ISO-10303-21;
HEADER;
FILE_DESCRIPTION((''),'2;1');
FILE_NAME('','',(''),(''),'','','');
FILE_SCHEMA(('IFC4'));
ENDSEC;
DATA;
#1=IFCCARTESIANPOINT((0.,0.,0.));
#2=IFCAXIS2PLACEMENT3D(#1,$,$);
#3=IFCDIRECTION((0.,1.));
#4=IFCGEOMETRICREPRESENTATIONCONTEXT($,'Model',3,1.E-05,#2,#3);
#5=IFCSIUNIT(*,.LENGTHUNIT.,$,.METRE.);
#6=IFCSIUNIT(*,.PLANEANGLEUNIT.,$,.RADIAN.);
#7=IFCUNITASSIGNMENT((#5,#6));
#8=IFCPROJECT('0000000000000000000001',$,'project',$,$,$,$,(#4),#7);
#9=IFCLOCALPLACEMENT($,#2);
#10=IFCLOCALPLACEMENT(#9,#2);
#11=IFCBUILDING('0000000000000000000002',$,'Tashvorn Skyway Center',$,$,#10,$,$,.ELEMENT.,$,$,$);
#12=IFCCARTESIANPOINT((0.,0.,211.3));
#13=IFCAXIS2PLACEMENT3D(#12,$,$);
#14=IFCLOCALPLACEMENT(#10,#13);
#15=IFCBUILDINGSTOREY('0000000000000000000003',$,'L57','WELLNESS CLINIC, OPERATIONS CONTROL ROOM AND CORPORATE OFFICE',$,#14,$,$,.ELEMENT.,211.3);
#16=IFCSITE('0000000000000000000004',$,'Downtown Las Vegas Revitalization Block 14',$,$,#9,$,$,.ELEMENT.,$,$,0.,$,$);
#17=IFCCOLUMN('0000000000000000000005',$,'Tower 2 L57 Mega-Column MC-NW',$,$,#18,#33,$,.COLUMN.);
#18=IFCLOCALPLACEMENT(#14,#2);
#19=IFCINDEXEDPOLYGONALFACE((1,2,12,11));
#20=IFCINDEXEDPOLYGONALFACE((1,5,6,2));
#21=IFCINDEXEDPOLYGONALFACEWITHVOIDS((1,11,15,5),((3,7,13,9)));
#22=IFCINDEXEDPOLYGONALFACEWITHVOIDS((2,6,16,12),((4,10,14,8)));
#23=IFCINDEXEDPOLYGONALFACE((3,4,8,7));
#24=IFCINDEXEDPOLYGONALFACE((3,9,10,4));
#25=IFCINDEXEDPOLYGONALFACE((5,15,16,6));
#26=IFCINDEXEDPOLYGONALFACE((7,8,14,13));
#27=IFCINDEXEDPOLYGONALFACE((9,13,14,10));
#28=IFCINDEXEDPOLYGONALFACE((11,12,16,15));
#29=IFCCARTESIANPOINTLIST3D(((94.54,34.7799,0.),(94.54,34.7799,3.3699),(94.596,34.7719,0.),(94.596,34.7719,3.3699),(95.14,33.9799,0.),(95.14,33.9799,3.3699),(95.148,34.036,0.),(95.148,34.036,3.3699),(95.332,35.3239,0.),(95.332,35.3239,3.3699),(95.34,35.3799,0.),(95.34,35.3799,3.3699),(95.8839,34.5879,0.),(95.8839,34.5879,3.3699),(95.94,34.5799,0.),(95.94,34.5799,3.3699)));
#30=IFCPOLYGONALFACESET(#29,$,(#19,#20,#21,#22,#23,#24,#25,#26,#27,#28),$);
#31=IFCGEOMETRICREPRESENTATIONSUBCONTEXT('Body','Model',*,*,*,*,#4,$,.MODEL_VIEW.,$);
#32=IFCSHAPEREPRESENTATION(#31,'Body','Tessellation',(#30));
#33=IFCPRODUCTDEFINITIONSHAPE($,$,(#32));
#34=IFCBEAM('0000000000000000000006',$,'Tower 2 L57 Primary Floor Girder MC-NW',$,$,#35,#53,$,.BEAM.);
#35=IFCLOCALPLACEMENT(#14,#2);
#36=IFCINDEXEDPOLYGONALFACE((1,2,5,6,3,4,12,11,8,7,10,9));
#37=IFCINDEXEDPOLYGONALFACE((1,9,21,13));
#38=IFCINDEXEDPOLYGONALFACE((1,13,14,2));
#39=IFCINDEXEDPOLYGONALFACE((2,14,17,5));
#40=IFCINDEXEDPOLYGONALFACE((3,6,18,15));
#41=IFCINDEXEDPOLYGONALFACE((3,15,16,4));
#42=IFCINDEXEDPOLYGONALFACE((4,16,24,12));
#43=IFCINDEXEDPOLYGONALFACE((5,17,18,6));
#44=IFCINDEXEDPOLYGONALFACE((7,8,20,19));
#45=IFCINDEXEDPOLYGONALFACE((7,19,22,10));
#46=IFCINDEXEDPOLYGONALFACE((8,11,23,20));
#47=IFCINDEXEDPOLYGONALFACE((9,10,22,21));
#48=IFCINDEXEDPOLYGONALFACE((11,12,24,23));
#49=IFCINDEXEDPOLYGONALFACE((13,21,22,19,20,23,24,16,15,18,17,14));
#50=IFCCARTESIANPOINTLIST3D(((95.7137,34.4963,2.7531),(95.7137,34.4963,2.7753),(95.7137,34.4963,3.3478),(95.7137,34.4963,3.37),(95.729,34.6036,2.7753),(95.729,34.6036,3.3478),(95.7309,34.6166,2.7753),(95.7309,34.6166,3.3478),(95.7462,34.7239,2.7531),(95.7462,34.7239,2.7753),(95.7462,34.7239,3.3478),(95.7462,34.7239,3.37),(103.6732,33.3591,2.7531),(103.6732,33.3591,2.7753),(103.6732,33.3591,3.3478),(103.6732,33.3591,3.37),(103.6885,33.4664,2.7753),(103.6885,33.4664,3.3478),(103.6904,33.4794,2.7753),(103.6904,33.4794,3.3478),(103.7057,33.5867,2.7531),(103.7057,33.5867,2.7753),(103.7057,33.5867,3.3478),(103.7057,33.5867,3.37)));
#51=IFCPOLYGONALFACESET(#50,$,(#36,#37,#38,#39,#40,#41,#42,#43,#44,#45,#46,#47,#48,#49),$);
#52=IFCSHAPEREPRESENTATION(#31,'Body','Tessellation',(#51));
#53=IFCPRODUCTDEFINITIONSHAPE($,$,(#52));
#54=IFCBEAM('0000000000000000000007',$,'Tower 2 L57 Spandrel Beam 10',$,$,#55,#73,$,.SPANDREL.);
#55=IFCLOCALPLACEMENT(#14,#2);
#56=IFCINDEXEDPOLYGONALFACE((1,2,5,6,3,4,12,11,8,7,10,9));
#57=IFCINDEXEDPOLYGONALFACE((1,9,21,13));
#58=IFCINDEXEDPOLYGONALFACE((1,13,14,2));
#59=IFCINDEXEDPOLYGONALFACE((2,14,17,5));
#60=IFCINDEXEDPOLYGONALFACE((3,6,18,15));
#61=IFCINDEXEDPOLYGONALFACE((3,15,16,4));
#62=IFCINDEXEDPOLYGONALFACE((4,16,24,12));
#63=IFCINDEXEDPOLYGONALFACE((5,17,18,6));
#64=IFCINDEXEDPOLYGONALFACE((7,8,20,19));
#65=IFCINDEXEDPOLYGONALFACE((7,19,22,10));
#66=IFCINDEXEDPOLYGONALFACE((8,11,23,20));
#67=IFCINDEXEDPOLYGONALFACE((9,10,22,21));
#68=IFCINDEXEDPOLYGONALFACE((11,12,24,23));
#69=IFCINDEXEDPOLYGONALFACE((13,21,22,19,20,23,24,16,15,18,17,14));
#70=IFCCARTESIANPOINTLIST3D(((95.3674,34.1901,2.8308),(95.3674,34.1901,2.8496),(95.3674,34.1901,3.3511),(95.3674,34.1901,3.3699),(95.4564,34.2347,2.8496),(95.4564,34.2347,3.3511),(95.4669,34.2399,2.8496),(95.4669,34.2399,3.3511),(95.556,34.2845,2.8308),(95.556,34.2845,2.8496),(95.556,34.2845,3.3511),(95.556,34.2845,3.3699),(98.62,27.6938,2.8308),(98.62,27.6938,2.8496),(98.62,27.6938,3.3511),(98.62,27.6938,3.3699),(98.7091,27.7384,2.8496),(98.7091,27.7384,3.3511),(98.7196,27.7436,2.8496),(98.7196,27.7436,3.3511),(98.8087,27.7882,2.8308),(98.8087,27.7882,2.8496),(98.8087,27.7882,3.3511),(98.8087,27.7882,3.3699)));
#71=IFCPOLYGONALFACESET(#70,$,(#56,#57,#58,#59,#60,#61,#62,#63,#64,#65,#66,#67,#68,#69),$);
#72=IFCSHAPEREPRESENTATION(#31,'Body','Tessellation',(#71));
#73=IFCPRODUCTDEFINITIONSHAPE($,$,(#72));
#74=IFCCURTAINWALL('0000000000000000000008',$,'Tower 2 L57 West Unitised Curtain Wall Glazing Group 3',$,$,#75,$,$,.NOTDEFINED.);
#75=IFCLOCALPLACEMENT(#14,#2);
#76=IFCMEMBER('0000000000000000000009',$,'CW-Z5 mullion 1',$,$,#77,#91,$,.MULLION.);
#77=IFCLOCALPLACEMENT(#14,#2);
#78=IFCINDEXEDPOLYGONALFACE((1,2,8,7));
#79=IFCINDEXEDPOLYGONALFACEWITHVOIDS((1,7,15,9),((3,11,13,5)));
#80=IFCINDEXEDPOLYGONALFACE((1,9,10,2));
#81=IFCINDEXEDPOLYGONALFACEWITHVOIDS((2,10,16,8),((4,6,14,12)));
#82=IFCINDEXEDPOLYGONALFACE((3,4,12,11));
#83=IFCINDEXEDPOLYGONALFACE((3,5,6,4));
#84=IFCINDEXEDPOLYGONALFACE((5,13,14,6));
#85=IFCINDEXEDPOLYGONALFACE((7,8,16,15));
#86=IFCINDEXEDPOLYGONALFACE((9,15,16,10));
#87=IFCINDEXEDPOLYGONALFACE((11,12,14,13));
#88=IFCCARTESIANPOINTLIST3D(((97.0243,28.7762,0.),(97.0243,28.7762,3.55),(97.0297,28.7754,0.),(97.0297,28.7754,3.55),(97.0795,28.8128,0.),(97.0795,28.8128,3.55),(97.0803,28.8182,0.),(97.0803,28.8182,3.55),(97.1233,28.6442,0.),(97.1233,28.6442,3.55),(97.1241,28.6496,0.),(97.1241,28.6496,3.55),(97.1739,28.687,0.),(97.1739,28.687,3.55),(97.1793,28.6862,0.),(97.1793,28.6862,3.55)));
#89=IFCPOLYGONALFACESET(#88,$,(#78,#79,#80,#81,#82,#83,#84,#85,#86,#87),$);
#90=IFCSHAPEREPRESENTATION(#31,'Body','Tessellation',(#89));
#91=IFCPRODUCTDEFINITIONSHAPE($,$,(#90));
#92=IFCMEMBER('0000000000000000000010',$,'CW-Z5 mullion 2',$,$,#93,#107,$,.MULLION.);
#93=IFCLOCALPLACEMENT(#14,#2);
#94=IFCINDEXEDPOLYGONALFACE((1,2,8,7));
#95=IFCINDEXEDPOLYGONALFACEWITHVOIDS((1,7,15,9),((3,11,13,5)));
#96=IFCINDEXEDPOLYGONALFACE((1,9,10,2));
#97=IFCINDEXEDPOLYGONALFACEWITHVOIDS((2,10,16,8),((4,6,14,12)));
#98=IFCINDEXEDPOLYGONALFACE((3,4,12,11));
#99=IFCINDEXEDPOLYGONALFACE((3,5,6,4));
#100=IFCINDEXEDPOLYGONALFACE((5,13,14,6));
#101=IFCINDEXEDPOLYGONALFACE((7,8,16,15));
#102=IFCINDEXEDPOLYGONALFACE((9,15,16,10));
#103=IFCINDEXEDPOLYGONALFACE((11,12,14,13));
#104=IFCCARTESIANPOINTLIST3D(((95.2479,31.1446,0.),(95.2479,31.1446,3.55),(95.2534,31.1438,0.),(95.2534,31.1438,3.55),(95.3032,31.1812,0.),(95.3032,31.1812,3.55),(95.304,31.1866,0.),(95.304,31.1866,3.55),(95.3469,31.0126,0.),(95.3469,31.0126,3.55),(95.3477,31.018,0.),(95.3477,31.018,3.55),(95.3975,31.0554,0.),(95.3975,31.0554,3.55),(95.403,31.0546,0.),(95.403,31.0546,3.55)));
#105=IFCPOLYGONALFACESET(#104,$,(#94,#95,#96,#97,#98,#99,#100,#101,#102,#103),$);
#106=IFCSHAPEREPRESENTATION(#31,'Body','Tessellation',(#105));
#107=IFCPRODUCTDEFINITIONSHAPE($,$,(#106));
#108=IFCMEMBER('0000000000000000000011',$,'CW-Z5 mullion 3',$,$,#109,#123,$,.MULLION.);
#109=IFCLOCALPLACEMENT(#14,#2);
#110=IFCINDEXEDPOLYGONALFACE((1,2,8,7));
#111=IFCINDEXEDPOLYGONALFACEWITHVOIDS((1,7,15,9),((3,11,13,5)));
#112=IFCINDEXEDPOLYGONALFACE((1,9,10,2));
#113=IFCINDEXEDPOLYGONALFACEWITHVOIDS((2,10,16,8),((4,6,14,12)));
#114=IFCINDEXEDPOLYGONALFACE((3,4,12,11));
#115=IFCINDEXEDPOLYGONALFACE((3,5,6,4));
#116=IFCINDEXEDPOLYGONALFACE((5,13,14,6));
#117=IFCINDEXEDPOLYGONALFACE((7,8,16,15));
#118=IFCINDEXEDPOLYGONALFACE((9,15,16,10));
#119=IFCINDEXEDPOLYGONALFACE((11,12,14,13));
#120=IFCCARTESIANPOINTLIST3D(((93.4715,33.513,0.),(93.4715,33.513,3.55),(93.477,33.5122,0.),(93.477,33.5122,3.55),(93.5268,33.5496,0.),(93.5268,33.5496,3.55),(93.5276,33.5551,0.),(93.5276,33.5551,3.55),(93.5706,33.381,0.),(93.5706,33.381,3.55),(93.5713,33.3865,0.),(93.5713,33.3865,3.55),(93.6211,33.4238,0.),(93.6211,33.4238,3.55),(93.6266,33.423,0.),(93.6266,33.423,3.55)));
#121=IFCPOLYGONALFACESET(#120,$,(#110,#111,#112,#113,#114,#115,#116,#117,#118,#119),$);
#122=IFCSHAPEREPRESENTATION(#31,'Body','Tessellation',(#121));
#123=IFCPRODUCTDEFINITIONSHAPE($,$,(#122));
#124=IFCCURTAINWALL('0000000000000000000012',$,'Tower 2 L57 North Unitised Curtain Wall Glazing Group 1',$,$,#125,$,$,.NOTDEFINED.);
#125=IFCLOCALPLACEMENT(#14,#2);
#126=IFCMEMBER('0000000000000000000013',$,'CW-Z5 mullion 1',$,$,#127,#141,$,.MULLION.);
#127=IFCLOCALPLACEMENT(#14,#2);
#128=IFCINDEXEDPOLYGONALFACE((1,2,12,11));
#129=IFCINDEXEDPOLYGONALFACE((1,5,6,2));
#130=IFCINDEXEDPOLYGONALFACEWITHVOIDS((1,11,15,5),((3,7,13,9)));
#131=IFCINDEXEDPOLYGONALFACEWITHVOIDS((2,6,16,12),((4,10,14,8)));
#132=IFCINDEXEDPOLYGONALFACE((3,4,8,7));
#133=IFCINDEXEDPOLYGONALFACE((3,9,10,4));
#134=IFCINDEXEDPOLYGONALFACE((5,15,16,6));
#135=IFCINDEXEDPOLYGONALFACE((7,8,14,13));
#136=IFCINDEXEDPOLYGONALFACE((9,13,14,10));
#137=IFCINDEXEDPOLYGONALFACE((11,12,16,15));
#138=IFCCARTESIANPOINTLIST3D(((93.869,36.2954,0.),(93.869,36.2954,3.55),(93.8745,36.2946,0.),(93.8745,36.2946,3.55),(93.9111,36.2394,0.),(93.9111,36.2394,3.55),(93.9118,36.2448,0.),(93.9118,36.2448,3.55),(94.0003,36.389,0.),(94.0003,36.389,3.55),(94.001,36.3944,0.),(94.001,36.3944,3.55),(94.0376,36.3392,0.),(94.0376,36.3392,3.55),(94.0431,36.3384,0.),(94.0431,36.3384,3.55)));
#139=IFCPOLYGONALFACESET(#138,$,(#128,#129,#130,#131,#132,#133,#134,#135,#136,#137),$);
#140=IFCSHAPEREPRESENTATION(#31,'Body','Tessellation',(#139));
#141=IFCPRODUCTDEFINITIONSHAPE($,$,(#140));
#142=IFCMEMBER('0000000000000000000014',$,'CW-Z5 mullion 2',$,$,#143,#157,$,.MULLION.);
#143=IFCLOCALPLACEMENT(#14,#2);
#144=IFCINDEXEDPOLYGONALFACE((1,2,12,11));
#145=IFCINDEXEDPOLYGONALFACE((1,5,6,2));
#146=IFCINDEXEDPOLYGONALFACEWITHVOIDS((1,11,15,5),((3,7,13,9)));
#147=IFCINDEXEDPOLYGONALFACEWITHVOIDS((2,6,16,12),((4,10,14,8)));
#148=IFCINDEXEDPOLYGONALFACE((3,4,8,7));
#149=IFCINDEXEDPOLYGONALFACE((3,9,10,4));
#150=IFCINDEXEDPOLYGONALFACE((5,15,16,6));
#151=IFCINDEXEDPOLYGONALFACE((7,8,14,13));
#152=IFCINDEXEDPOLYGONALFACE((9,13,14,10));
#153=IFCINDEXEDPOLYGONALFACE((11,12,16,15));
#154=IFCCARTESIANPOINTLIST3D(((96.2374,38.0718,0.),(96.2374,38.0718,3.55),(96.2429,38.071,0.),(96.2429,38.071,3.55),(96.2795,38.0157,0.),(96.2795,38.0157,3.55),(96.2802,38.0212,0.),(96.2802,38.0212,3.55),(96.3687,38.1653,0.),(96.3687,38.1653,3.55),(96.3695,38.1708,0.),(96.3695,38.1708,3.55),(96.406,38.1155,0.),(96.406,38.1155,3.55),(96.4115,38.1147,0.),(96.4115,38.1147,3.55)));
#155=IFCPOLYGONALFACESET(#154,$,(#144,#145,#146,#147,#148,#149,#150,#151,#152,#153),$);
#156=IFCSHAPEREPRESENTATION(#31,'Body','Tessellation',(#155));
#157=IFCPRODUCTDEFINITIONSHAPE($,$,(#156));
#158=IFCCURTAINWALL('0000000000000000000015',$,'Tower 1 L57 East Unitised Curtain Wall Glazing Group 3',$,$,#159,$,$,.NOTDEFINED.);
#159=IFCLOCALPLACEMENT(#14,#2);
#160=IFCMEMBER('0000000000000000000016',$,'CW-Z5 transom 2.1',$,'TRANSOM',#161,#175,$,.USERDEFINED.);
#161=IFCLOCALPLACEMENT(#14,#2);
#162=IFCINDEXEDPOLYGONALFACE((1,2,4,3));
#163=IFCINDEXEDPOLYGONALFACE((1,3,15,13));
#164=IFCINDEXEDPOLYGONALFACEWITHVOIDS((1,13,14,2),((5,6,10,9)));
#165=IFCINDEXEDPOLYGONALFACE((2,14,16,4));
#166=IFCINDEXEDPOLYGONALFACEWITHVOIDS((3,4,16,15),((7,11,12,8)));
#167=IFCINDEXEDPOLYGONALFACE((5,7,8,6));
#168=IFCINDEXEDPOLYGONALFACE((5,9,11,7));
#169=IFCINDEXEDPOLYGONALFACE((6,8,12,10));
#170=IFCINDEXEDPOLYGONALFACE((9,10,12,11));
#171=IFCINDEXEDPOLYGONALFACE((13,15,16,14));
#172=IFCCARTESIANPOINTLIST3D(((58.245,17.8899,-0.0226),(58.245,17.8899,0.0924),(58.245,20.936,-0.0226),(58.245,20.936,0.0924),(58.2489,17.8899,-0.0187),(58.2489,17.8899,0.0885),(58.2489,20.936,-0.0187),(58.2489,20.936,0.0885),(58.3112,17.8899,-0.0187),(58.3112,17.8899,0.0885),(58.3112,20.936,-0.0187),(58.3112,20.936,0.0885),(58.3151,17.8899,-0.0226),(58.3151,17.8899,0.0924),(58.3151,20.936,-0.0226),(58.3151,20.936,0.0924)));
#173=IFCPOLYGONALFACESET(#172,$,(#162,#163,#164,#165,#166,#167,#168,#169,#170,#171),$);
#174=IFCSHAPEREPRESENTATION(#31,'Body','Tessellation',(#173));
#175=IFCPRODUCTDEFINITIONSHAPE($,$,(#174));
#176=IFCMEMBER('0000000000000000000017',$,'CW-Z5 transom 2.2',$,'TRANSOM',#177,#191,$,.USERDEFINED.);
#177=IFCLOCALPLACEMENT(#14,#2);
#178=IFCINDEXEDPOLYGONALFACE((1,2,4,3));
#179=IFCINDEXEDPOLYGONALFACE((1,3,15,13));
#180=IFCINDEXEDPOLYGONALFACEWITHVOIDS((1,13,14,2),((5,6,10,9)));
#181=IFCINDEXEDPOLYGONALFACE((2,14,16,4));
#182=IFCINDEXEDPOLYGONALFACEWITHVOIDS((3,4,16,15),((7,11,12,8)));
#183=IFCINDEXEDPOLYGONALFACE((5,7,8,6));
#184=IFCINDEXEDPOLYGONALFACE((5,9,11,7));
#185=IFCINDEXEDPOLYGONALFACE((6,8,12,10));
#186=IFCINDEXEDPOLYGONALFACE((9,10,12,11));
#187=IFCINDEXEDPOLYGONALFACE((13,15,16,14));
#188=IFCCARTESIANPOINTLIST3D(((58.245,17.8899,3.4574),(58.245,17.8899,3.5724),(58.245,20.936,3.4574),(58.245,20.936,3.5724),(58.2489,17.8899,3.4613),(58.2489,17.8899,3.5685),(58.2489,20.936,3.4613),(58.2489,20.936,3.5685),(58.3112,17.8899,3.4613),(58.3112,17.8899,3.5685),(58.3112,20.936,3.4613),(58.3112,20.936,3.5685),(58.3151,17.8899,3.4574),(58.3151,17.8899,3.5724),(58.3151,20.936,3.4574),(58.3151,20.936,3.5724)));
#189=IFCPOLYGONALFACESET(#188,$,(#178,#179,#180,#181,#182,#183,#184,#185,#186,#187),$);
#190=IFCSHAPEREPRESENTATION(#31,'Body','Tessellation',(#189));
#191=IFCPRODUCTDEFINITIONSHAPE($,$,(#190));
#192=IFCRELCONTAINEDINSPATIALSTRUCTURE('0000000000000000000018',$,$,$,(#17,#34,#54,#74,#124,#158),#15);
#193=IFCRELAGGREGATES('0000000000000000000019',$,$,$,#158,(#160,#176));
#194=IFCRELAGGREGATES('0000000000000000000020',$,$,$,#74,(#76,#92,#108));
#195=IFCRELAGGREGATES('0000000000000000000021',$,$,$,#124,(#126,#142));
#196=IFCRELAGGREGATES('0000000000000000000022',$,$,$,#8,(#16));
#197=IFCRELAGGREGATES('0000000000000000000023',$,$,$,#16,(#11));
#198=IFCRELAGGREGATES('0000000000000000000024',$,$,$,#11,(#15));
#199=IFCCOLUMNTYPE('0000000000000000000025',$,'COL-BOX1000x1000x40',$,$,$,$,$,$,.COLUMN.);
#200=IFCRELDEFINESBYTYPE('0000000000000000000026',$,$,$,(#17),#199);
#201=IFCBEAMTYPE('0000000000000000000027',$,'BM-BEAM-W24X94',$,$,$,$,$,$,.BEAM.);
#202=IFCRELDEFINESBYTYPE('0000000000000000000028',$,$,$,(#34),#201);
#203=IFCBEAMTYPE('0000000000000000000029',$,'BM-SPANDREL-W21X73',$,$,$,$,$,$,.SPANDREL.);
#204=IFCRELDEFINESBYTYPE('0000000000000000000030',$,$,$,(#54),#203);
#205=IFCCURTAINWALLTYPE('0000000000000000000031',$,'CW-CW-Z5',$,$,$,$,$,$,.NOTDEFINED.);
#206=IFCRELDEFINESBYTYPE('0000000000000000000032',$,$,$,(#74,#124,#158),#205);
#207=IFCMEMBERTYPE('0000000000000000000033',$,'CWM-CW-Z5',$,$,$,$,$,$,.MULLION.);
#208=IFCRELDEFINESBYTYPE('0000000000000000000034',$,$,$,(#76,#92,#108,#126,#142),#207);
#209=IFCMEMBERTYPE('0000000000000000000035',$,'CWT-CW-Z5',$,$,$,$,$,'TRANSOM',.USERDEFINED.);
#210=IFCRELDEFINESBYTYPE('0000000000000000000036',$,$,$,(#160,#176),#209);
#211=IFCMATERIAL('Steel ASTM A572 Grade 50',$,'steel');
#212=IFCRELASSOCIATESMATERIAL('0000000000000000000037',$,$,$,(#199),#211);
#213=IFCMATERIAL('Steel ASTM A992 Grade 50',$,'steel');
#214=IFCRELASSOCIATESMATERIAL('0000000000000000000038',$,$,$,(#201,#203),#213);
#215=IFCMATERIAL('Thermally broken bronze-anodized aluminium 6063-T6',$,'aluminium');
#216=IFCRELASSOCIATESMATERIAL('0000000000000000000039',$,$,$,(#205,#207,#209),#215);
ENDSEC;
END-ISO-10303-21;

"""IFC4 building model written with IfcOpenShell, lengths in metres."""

from ifc_helpers import new_model, si_unit, direction, frame, origin, origin_2d, place, context, subcontext, project, spatial, hollow_rectangle, i_section, extrude, material, material_profile, profile_set, type_object, element, aggregate, save


model = new_model("IFC4")

# Units and contexts
model_context = context("Model", 3, precision=1e-05, world=origin(), true_north=direction((0.0, 1.0)))
body_context = subcontext(model_context, "Body", "Model", "MODEL_VIEW")
ifc_project = project(units=[si_unit("LENGTHUNIT", "METRE"), si_unit("PLANEANGLEUNIT", "RADIAN")], contexts=[model_context])

# Site, building, storey
site_placement = place(None, origin())
site = spatial("IfcSite", under=ifc_project, at=site_placement, Name="Downtown Las Vegas Revitalization Block 14", CompositionType="ELEMENT", RefElevation=0.0)
building_placement = place(site_placement, origin())
building = spatial("IfcBuilding", under=site, at=building_placement, Name="Tashvorn Skyway Center", CompositionType="ELEMENT")
storey_placement = place(building_placement, frame((0.0, 0.0, 211.3)))
storey = spatial("IfcBuildingStorey", under=building, at=storey_placement, Name="L57", Description="WELLNESS CLINIC, OPERATIONS CONTROL ROOM AND CORPORATE OFFICE", CompositionType="ELEMENT", Elevation=211.3)

# Column
ifc_material_1 = material(Name="Steel ASTM A572 Grade 50", Category="steel")
ifc_material_profile_1 = material_profile(ifc_material_1, hollow_rectangle(XDim=1.0, YDim=1.0, WallThickness=0.04, at=origin_2d()), Name="BOX1000x1000x40")
ifc_profile_set_1 = profile_set([ifc_material_profile_1], Name="Steel ASTM A572 Grade 50")
column_type = type_object("IfcColumnType", Name="COL-BOX1000x1000x40", PredefinedType="COLUMN", material=ifc_profile_set_1)
column_placement = place(storey_placement, frame((95.24, 34.6799, 0.0), z_axis=(0.0, 0.0, 1.0), x_axis=(0.8, 0.6, 0.0)))
element("IfcColumn", 1, at=column_placement, inside=storey, type_object=column_type, Name="Tower 2 L57 Mega-Column MC-NW", PredefinedType="COLUMN", context=body_context, shape_type="SweptSolid", body=[
    extrude(hollow_rectangle(XDim=1.0, YDim=1.0, WallThickness=0.04, at=origin_2d()), origin(), (0.0, 0.0, 1.0), 3.3699),
])

# Beams
ifc_material_2 = material(Name="Steel ASTM A992 Grade 50", Category="steel")
ifc_material_profile_2 = material_profile(ifc_material_2, i_section(OverallWidth=0.23, OverallDepth=0.6169, WebThickness=0.0132, FlangeThickness=0.0222, at=origin_2d()), Name="W24X94")
ifc_profile_set_2 = profile_set([ifc_material_profile_2], Name="Steel ASTM A992 Grade 50")
beam_type_1 = type_object("IfcBeamType", Name="BM-BEAM-W24X94", PredefinedType="BEAM", material=ifc_profile_set_2)
beam_1_placement = place(storey_placement, frame((95.73, 34.6101, 3.0615), z_axis=(0.989947, -0.141438, 0.0), x_axis=(0.141438, 0.989947, 0.0)))
element("IfcBeam", 2, at=beam_1_placement, inside=storey, type_object=beam_type_1, Name="Tower 2 L57 Primary Floor Girder MC-NW", PredefinedType="BEAM", context=body_context, shape_type="SweptSolid", body=[
    extrude(i_section(OverallWidth=0.23, OverallDepth=0.6169, WebThickness=0.0132, FlangeThickness=0.0222, at=origin_2d()), origin(), (0.0, 0.0, 1.0), 8.0403),
])
ifc_material_profile_3 = material_profile(ifc_material_2, i_section(OverallWidth=0.2109, OverallDepth=0.5391, WebThickness=0.0117, FlangeThickness=0.0188, at=origin_2d()), Name="W21X73")
ifc_profile_set_3 = profile_set([ifc_material_profile_3], Name="Steel ASTM A992 Grade 50")
beam_type_2 = type_object("IfcBeamType", Name="BM-SPANDREL-W21X73", PredefinedType="SPANDREL", material=ifc_profile_set_3)
beam_2_placement = place(storey_placement, frame((95.4617, 34.2373, 3.1003), z_axis=(0.447711, -0.894178, 0.0), x_axis=(0.894178, 0.447711, 0.0)))
element("IfcBeam", 3, at=beam_2_placement, inside=storey, type_object=beam_type_2, Name="Tower 2 L57 Spandrel Beam 10", PredefinedType="SPANDREL", context=body_context, shape_type="SweptSolid", body=[
    extrude(i_section(OverallWidth=0.2109, OverallDepth=0.5391, WebThickness=0.0117, FlangeThickness=0.0188, at=origin_2d()), origin(), (0.0, 0.0, 1.0), 7.2651),
])

# Curtain walls, members
ifc_material_3 = material(Name="Thermally broken bronze-anodized aluminium 6063-T6", Category="aluminium")
curtain_wall_type = type_object("IfcCurtainWallType", Name="CW-CW-Z5", PredefinedType="NOTDEFINED", material=ifc_material_3)
curtain_wall_1_placement = place(storey_placement, origin())
curtain_wall_1 = element("IfcCurtainWall", 4, at=curtain_wall_1_placement, inside=storey, type_object=curtain_wall_type, Name="Tower 2 L57 West Unitised Curtain Wall Glazing Group 3", PredefinedType="NOTDEFINED")
ifc_material_profile_4 = material_profile(ifc_material_3, hollow_rectangle(XDim=0.0701, YDim=0.165, WallThickness=0.0039, at=origin_2d()), Name="ALU-MULL-70x165")
ifc_profile_set_4 = profile_set([ifc_material_profile_4], Name="Thermally broken bronze-anodized aluminium 6063-T6")
member_type_1 = type_object("IfcMemberType", Name="CWM-CW-Z5", PredefinedType="MULLION", material=ifc_profile_set_4)
member_1_placement = place(storey_placement, frame((97.1018, 28.7312, 0.0), z_axis=(0.0, 0.0, 1.0), x_axis=(-0.799998, -0.600003, 0.0)))
member_1 = element("IfcMember", 5, at=member_1_placement, type_object=member_type_1, Name="CW-Z5 mullion 1", PredefinedType="MULLION", context=body_context, shape_type="SweptSolid", body=[
    extrude(hollow_rectangle(XDim=0.0701, YDim=0.165, WallThickness=0.0039, at=origin_2d()), origin(), (0.0, 0.0, 1.0), 3.55),
])
member_2_placement = place(storey_placement, frame((95.3254, 31.0996, 0.0), z_axis=(0.0, 0.0, 1.0), x_axis=(-0.799998, -0.600003, 0.0)))
member_2 = element("IfcMember", 6, at=member_2_placement, type_object=member_type_1, Name="CW-Z5 mullion 2", PredefinedType="MULLION", context=body_context, shape_type="SweptSolid", body=[
    extrude(hollow_rectangle(XDim=0.0701, YDim=0.165, WallThickness=0.0039, at=origin_2d()), origin(), (0.0, 0.0, 1.0), 3.55),
])
member_3_placement = place(storey_placement, frame((93.5491, 33.468, 0.0), z_axis=(0.0, 0.0, 1.0), x_axis=(-0.799998, -0.600003, 0.0)))
member_3 = element("IfcMember", 7, at=member_3_placement, type_object=member_type_1, Name="CW-Z5 mullion 3", PredefinedType="MULLION", context=body_context, shape_type="SweptSolid", body=[
    extrude(hollow_rectangle(XDim=0.0701, YDim=0.165, WallThickness=0.0039, at=origin_2d()), origin(), (0.0, 0.0, 1.0), 3.55),
])
curtain_wall_2_placement = place(storey_placement, origin())
curtain_wall_2 = element("IfcCurtainWall", 8, at=curtain_wall_2_placement, inside=storey, type_object=curtain_wall_type, Name="Tower 2 L57 North Unitised Curtain Wall Glazing Group 1", PredefinedType="NOTDEFINED")
member_4_placement = place(storey_placement, frame((93.9561, 36.3169, 0.0), z_axis=(0.0, 0.0, 1.0), x_axis=(-0.600003, 0.799998, 0.0)))
member_4 = element("IfcMember", 9, at=member_4_placement, type_object=member_type_1, Name="CW-Z5 mullion 1", PredefinedType="MULLION", context=body_context, shape_type="SweptSolid", body=[
    extrude(hollow_rectangle(XDim=0.0701, YDim=0.165, WallThickness=0.0039, at=origin_2d()), origin(), (0.0, 0.0, 1.0), 3.55),
])
member_5_placement = place(storey_placement, frame((96.3245, 38.0933, 0.0), z_axis=(0.0, 0.0, 1.0), x_axis=(-0.600003, 0.799998, 0.0)))
member_5 = element("IfcMember", 10, at=member_5_placement, type_object=member_type_1, Name="CW-Z5 mullion 2", PredefinedType="MULLION", context=body_context, shape_type="SweptSolid", body=[
    extrude(hollow_rectangle(XDim=0.0701, YDim=0.165, WallThickness=0.0039, at=origin_2d()), origin(), (0.0, 0.0, 1.0), 3.55),
])
curtain_wall_3_placement = place(storey_placement, origin())
curtain_wall_3 = element("IfcCurtainWall", 11, at=curtain_wall_3_placement, inside=storey, type_object=curtain_wall_type, Name="Tower 1 L57 East Unitised Curtain Wall Glazing Group 3", PredefinedType="NOTDEFINED")
ifc_material_profile_5 = material_profile(ifc_material_3, hollow_rectangle(XDim=0.0701, YDim=0.115, WallThickness=0.0039, at=origin_2d()), Name="ALU-TRAN-70x115")
ifc_profile_set_5 = profile_set([ifc_material_profile_5], Name="Thermally broken bronze-anodized aluminium 6063-T6")
member_type_2 = type_object("IfcMemberType", Name="CWT-CW-Z5", ElementType="TRANSOM", PredefinedType="USERDEFINED", material=ifc_profile_set_5)
member_6_placement = place(storey_placement, frame((58.28, 20.936, 0.0349), z_axis=(0.0, -1.0, 0.0), x_axis=(1.0, 0.0, 0.0)))
member_6 = element("IfcMember", 12, at=member_6_placement, type_object=member_type_2, Name="CW-Z5 transom 2.1", ObjectType="TRANSOM", PredefinedType="USERDEFINED", context=body_context, shape_type="SweptSolid", body=[
    extrude(hollow_rectangle(XDim=0.0701, YDim=0.115, WallThickness=0.0039, at=origin_2d()), origin(), (0.0, 0.0, 1.0), 3.0461),
])
member_7_placement = place(storey_placement, frame((58.28, 20.936, 3.5149), z_axis=(0.0, -1.0, 0.0), x_axis=(1.0, 0.0, 0.0)))
member_7 = element("IfcMember", 13, at=member_7_placement, type_object=member_type_2, Name="CW-Z5 transom 2.2", ObjectType="TRANSOM", PredefinedType="USERDEFINED", context=body_context, shape_type="SweptSolid", body=[
    extrude(hollow_rectangle(XDim=0.0701, YDim=0.115, WallThickness=0.0039, at=origin_2d()), origin(), (0.0, 0.0, 1.0), 3.0461),
])

aggregate(curtain_wall_3, [member_6, member_7])
aggregate(curtain_wall_1, [member_1, member_2, member_3])
aggregate(curtain_wall_2, [member_4, member_5])

save(model, "model.ifc")
